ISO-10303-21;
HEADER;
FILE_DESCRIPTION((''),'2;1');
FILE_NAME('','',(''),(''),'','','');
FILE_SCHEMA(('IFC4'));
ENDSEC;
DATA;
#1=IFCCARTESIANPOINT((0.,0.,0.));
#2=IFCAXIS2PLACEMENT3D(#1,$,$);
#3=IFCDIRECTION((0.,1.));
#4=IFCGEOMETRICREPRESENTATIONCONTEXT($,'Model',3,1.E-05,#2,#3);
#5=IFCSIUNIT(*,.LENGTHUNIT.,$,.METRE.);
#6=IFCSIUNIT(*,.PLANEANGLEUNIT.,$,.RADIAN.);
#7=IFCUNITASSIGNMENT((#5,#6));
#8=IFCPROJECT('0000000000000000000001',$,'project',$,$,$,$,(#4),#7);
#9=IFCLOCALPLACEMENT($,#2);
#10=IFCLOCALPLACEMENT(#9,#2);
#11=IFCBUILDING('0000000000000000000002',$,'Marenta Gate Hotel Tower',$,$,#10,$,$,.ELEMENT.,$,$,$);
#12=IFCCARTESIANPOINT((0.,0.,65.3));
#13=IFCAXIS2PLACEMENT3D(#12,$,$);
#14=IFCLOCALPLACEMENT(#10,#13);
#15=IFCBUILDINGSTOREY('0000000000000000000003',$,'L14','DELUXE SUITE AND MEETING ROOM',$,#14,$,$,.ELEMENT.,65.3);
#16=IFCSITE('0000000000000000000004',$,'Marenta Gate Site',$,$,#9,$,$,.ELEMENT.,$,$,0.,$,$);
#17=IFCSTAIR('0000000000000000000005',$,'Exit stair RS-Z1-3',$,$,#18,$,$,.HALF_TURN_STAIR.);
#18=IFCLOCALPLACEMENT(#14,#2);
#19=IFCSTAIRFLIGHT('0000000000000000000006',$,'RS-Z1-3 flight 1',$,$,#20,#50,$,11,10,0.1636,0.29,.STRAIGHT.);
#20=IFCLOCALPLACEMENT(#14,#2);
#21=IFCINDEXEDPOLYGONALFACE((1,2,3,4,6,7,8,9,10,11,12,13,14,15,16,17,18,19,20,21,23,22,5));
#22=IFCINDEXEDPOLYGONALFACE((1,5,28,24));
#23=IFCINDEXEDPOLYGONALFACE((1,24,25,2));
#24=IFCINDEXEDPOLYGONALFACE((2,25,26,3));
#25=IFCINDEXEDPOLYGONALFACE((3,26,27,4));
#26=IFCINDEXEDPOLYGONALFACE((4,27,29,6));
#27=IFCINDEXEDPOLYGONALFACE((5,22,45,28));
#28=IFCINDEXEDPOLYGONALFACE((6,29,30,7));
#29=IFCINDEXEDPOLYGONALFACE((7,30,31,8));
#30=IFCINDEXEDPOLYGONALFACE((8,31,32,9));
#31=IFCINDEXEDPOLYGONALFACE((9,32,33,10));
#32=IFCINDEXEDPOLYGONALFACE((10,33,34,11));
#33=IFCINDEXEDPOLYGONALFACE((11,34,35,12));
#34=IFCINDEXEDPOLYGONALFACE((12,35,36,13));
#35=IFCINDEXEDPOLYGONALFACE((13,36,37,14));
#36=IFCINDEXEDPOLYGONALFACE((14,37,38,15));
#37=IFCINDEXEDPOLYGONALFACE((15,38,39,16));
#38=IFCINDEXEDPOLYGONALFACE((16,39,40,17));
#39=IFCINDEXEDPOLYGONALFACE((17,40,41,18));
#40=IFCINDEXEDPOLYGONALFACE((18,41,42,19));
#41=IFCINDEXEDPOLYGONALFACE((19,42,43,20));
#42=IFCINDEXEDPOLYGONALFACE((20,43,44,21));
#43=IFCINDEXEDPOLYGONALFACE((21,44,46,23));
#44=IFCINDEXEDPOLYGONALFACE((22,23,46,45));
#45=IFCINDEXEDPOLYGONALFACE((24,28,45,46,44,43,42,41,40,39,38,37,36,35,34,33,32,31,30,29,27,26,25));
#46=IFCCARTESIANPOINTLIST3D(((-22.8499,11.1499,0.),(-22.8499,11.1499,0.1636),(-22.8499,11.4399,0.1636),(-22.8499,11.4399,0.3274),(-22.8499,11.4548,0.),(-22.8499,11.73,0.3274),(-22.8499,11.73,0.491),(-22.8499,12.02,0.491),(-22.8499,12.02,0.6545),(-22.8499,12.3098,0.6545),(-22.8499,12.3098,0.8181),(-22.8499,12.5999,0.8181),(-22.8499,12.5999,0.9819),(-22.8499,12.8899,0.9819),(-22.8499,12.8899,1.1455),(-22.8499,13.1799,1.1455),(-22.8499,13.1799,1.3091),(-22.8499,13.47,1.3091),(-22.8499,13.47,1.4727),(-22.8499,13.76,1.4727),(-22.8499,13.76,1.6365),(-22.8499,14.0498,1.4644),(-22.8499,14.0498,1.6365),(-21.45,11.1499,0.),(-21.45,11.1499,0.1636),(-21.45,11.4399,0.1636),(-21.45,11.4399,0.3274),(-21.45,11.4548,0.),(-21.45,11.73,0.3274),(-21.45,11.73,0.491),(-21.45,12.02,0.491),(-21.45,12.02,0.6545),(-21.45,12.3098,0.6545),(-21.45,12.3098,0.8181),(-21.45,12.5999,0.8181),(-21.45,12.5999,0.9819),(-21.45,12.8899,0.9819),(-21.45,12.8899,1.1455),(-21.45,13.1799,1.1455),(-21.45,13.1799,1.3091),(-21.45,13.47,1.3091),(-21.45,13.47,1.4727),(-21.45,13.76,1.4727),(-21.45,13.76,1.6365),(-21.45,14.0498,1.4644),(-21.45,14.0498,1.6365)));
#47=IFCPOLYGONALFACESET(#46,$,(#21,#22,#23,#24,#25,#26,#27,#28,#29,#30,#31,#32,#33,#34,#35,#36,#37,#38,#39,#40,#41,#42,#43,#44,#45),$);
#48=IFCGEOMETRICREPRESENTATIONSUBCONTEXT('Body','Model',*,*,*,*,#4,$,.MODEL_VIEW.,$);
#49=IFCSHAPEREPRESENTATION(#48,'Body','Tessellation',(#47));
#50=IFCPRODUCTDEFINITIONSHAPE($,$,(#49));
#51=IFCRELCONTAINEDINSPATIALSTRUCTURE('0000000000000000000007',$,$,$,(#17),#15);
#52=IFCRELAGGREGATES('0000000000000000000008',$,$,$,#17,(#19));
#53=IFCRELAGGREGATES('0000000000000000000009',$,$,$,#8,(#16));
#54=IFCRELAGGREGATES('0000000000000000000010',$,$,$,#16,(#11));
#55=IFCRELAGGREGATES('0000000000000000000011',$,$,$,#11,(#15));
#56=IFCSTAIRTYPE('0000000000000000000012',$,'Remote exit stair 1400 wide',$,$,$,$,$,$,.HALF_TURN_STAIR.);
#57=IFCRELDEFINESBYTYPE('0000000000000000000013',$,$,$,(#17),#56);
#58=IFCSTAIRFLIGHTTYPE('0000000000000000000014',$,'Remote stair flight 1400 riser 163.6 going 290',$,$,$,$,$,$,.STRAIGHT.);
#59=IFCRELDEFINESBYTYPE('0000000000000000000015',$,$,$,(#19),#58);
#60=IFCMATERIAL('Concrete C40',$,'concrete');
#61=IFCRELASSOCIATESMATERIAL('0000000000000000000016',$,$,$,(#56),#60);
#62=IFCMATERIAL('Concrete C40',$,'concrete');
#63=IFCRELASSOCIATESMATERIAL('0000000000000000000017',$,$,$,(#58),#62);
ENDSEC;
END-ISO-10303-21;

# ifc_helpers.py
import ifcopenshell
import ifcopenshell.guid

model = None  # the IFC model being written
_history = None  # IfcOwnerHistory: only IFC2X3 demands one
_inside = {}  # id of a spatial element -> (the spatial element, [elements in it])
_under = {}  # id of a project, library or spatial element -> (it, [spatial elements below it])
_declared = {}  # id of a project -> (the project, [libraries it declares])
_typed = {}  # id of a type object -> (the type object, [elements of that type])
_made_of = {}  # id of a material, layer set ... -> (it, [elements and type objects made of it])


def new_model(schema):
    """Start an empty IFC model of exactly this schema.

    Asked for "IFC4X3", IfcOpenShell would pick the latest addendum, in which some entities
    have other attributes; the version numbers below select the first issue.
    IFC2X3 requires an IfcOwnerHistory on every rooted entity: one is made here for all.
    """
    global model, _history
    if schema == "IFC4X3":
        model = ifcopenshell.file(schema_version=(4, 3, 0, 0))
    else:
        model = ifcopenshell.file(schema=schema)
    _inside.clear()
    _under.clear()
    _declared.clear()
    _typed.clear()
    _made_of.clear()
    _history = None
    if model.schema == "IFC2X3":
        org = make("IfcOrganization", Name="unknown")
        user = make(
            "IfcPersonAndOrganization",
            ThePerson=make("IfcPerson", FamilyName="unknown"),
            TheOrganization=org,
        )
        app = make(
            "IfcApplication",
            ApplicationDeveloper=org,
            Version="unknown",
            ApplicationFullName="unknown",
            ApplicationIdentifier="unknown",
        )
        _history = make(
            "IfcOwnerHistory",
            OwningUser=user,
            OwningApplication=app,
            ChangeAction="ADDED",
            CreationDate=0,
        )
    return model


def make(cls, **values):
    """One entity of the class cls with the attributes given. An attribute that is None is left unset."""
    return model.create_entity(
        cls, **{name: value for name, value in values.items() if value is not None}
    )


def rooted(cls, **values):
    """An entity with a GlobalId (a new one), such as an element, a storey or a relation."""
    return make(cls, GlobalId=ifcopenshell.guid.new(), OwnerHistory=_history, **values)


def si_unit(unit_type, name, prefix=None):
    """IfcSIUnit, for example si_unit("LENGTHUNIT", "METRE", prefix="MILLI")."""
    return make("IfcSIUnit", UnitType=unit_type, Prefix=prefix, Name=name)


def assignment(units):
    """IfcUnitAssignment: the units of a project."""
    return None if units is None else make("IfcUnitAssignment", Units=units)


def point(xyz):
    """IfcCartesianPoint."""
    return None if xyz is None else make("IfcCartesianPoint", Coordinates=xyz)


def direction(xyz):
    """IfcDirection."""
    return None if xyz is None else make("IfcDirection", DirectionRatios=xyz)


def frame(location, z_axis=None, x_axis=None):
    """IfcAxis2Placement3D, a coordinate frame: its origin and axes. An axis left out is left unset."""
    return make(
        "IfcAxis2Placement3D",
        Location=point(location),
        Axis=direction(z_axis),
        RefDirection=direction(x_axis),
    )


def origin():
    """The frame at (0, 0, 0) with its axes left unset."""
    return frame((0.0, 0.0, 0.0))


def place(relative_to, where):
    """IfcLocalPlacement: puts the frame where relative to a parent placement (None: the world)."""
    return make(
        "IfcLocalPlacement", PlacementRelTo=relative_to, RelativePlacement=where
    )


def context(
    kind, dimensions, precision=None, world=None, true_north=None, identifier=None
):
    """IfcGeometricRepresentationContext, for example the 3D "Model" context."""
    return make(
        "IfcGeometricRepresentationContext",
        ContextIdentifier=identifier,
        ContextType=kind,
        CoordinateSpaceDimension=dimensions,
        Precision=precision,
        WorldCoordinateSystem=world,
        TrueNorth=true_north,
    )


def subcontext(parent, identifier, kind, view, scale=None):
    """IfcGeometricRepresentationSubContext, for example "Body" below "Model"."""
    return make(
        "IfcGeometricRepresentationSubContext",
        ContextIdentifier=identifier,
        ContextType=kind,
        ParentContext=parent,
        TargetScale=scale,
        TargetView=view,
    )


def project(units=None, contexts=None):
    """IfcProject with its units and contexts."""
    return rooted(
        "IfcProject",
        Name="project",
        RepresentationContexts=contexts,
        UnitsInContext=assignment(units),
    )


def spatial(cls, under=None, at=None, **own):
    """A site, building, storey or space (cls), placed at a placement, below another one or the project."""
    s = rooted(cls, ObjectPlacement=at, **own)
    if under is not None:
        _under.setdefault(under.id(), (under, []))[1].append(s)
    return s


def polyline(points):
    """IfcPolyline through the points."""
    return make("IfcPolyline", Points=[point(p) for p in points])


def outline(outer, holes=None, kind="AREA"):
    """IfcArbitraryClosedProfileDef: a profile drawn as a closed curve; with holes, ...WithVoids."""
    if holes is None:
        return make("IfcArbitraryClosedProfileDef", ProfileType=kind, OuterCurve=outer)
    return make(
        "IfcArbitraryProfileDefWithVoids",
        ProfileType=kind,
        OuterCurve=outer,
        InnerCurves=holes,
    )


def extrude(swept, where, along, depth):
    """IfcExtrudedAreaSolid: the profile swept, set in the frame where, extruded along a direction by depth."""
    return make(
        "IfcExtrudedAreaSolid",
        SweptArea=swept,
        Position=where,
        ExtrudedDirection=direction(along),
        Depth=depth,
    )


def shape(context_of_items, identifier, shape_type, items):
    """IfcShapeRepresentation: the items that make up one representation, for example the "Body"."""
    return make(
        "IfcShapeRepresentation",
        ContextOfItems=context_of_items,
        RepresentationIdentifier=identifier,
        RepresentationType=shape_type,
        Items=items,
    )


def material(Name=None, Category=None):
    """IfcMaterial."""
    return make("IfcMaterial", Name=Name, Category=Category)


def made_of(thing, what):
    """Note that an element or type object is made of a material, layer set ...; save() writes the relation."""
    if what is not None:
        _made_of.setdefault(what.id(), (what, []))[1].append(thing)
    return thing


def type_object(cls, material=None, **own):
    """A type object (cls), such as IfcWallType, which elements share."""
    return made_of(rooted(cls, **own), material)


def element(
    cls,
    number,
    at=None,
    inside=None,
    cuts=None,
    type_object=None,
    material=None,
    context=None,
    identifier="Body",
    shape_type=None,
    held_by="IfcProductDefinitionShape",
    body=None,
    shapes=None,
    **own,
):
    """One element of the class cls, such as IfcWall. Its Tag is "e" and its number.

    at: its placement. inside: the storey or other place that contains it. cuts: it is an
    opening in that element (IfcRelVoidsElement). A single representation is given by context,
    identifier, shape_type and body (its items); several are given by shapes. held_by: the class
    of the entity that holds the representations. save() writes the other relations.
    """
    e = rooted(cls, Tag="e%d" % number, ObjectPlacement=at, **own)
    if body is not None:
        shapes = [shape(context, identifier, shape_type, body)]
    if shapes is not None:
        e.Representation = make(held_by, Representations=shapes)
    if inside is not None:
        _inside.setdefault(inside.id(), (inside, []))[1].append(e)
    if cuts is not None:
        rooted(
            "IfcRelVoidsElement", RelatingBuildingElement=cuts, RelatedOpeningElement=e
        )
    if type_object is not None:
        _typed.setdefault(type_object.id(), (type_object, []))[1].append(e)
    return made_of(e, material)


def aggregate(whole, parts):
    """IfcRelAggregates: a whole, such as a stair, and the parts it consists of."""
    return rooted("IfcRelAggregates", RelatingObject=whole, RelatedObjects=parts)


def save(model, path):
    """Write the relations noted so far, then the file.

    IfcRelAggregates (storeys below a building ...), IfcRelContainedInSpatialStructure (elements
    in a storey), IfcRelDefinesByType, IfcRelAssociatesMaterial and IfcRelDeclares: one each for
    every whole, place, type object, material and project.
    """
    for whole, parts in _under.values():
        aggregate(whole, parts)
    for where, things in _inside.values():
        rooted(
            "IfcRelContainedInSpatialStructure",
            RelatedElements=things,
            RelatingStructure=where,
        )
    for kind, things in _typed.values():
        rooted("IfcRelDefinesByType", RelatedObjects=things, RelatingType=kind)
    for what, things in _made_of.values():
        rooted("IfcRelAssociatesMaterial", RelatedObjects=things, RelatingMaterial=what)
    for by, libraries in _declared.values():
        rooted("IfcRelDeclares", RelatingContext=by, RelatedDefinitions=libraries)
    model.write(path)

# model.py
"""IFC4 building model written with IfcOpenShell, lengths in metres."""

from ifc_helpers import new_model, si_unit, direction, frame, origin, place, context, subcontext, project, spatial, polyline, outline, extrude, material, type_object, element, aggregate, save


model = new_model("IFC4")

# Units and contexts
model_context = context("Model", 3, precision=1e-05, world=origin(), true_north=direction((0.0, 1.0)))
body_context = subcontext(model_context, "Body", "Model", "MODEL_VIEW")
ifc_project = project(units=[si_unit("LENGTHUNIT", "METRE"), si_unit("PLANEANGLEUNIT", "RADIAN")], contexts=[model_context])

# Site, building, storey
site_placement = place(None, origin())
site = spatial("IfcSite", under=ifc_project, at=site_placement, Name="Marenta Gate Site", CompositionType="ELEMENT", RefElevation=0.0)
building_placement = place(site_placement, origin())
building = spatial("IfcBuilding", under=site, at=building_placement, Name="Marenta Gate Hotel Tower", CompositionType="ELEMENT")
storey_placement = place(building_placement, frame((0.0, 0.0, 65.3)))
storey = spatial("IfcBuildingStorey", under=building, at=storey_placement, Name="L14", Description="DELUXE SUITE AND MEETING ROOM", CompositionType="ELEMENT", Elevation=65.3)

# Stair, stair flight
ifc_material_1 = material(Name="Concrete C40", Category="concrete")
stair_type = type_object("IfcStairType", Name="Remote exit stair 1400 wide", PredefinedType="HALF_TURN_STAIR", material=ifc_material_1)
stair_placement = place(storey_placement, origin())
stair = element("IfcStair", 1, at=stair_placement, inside=storey, type_object=stair_type, Name="Exit stair RS-Z1-3", PredefinedType="HALF_TURN_STAIR")
ifc_material_2 = material(Name="Concrete C40", Category="concrete")
stair_flight_type = type_object("IfcStairFlightType", Name="Remote stair flight 1400 riser 163.6 going 290", PredefinedType="STRAIGHT", material=ifc_material_2)
stair_flight_placement = place(storey_placement, frame((-22.1499, 11.1499, 0.0), z_axis=(0.0, 0.0, 1.0), x_axis=(0.0, 1.0, 0.0)))
stair_flight = element("IfcStairFlight", 2, at=stair_flight_placement, type_object=stair_flight_type, Name="RS-Z1-3 flight 1", NumberOfRisers=11, NumberOfTreads=10, PredefinedType="STRAIGHT", RiserHeight=0.1636, TreadLength=0.29, context=body_context, shape_type="SweptSolid", body=[
    extrude(outline(polyline([(0.0, 0.0), (0.0, 0.1636), (0.29, 0.1636), (0.29, 0.3274), (0.5801, 0.3274), (0.5801, 0.491), (0.8701, 0.491), (0.8701, 0.6545), (1.1599, 0.6545), (1.1599, 0.8181), (1.45, 0.8181), (1.45, 0.9819), (1.74, 0.9819), (1.74, 1.1455), (2.03, 1.1455), (2.03, 1.3091), (2.3201, 1.3091), (2.3201, 1.4727), (2.6101, 1.4727), (2.6101, 1.6365), (2.8999, 1.6365), (2.8999, 1.8), (2.8999, 1.4644), (0.3049, 0.0), (0.0, 0.0)])), frame((0.0, 0.7, 0.0), z_axis=(0.0, -1.0, 0.0), x_axis=(1.0, 0.0, 0.0)), (0.0, 0.0, 1.0), 1.3999),
])
aggregate(stair, [stair_flight])

save(model, "model.ifc")
